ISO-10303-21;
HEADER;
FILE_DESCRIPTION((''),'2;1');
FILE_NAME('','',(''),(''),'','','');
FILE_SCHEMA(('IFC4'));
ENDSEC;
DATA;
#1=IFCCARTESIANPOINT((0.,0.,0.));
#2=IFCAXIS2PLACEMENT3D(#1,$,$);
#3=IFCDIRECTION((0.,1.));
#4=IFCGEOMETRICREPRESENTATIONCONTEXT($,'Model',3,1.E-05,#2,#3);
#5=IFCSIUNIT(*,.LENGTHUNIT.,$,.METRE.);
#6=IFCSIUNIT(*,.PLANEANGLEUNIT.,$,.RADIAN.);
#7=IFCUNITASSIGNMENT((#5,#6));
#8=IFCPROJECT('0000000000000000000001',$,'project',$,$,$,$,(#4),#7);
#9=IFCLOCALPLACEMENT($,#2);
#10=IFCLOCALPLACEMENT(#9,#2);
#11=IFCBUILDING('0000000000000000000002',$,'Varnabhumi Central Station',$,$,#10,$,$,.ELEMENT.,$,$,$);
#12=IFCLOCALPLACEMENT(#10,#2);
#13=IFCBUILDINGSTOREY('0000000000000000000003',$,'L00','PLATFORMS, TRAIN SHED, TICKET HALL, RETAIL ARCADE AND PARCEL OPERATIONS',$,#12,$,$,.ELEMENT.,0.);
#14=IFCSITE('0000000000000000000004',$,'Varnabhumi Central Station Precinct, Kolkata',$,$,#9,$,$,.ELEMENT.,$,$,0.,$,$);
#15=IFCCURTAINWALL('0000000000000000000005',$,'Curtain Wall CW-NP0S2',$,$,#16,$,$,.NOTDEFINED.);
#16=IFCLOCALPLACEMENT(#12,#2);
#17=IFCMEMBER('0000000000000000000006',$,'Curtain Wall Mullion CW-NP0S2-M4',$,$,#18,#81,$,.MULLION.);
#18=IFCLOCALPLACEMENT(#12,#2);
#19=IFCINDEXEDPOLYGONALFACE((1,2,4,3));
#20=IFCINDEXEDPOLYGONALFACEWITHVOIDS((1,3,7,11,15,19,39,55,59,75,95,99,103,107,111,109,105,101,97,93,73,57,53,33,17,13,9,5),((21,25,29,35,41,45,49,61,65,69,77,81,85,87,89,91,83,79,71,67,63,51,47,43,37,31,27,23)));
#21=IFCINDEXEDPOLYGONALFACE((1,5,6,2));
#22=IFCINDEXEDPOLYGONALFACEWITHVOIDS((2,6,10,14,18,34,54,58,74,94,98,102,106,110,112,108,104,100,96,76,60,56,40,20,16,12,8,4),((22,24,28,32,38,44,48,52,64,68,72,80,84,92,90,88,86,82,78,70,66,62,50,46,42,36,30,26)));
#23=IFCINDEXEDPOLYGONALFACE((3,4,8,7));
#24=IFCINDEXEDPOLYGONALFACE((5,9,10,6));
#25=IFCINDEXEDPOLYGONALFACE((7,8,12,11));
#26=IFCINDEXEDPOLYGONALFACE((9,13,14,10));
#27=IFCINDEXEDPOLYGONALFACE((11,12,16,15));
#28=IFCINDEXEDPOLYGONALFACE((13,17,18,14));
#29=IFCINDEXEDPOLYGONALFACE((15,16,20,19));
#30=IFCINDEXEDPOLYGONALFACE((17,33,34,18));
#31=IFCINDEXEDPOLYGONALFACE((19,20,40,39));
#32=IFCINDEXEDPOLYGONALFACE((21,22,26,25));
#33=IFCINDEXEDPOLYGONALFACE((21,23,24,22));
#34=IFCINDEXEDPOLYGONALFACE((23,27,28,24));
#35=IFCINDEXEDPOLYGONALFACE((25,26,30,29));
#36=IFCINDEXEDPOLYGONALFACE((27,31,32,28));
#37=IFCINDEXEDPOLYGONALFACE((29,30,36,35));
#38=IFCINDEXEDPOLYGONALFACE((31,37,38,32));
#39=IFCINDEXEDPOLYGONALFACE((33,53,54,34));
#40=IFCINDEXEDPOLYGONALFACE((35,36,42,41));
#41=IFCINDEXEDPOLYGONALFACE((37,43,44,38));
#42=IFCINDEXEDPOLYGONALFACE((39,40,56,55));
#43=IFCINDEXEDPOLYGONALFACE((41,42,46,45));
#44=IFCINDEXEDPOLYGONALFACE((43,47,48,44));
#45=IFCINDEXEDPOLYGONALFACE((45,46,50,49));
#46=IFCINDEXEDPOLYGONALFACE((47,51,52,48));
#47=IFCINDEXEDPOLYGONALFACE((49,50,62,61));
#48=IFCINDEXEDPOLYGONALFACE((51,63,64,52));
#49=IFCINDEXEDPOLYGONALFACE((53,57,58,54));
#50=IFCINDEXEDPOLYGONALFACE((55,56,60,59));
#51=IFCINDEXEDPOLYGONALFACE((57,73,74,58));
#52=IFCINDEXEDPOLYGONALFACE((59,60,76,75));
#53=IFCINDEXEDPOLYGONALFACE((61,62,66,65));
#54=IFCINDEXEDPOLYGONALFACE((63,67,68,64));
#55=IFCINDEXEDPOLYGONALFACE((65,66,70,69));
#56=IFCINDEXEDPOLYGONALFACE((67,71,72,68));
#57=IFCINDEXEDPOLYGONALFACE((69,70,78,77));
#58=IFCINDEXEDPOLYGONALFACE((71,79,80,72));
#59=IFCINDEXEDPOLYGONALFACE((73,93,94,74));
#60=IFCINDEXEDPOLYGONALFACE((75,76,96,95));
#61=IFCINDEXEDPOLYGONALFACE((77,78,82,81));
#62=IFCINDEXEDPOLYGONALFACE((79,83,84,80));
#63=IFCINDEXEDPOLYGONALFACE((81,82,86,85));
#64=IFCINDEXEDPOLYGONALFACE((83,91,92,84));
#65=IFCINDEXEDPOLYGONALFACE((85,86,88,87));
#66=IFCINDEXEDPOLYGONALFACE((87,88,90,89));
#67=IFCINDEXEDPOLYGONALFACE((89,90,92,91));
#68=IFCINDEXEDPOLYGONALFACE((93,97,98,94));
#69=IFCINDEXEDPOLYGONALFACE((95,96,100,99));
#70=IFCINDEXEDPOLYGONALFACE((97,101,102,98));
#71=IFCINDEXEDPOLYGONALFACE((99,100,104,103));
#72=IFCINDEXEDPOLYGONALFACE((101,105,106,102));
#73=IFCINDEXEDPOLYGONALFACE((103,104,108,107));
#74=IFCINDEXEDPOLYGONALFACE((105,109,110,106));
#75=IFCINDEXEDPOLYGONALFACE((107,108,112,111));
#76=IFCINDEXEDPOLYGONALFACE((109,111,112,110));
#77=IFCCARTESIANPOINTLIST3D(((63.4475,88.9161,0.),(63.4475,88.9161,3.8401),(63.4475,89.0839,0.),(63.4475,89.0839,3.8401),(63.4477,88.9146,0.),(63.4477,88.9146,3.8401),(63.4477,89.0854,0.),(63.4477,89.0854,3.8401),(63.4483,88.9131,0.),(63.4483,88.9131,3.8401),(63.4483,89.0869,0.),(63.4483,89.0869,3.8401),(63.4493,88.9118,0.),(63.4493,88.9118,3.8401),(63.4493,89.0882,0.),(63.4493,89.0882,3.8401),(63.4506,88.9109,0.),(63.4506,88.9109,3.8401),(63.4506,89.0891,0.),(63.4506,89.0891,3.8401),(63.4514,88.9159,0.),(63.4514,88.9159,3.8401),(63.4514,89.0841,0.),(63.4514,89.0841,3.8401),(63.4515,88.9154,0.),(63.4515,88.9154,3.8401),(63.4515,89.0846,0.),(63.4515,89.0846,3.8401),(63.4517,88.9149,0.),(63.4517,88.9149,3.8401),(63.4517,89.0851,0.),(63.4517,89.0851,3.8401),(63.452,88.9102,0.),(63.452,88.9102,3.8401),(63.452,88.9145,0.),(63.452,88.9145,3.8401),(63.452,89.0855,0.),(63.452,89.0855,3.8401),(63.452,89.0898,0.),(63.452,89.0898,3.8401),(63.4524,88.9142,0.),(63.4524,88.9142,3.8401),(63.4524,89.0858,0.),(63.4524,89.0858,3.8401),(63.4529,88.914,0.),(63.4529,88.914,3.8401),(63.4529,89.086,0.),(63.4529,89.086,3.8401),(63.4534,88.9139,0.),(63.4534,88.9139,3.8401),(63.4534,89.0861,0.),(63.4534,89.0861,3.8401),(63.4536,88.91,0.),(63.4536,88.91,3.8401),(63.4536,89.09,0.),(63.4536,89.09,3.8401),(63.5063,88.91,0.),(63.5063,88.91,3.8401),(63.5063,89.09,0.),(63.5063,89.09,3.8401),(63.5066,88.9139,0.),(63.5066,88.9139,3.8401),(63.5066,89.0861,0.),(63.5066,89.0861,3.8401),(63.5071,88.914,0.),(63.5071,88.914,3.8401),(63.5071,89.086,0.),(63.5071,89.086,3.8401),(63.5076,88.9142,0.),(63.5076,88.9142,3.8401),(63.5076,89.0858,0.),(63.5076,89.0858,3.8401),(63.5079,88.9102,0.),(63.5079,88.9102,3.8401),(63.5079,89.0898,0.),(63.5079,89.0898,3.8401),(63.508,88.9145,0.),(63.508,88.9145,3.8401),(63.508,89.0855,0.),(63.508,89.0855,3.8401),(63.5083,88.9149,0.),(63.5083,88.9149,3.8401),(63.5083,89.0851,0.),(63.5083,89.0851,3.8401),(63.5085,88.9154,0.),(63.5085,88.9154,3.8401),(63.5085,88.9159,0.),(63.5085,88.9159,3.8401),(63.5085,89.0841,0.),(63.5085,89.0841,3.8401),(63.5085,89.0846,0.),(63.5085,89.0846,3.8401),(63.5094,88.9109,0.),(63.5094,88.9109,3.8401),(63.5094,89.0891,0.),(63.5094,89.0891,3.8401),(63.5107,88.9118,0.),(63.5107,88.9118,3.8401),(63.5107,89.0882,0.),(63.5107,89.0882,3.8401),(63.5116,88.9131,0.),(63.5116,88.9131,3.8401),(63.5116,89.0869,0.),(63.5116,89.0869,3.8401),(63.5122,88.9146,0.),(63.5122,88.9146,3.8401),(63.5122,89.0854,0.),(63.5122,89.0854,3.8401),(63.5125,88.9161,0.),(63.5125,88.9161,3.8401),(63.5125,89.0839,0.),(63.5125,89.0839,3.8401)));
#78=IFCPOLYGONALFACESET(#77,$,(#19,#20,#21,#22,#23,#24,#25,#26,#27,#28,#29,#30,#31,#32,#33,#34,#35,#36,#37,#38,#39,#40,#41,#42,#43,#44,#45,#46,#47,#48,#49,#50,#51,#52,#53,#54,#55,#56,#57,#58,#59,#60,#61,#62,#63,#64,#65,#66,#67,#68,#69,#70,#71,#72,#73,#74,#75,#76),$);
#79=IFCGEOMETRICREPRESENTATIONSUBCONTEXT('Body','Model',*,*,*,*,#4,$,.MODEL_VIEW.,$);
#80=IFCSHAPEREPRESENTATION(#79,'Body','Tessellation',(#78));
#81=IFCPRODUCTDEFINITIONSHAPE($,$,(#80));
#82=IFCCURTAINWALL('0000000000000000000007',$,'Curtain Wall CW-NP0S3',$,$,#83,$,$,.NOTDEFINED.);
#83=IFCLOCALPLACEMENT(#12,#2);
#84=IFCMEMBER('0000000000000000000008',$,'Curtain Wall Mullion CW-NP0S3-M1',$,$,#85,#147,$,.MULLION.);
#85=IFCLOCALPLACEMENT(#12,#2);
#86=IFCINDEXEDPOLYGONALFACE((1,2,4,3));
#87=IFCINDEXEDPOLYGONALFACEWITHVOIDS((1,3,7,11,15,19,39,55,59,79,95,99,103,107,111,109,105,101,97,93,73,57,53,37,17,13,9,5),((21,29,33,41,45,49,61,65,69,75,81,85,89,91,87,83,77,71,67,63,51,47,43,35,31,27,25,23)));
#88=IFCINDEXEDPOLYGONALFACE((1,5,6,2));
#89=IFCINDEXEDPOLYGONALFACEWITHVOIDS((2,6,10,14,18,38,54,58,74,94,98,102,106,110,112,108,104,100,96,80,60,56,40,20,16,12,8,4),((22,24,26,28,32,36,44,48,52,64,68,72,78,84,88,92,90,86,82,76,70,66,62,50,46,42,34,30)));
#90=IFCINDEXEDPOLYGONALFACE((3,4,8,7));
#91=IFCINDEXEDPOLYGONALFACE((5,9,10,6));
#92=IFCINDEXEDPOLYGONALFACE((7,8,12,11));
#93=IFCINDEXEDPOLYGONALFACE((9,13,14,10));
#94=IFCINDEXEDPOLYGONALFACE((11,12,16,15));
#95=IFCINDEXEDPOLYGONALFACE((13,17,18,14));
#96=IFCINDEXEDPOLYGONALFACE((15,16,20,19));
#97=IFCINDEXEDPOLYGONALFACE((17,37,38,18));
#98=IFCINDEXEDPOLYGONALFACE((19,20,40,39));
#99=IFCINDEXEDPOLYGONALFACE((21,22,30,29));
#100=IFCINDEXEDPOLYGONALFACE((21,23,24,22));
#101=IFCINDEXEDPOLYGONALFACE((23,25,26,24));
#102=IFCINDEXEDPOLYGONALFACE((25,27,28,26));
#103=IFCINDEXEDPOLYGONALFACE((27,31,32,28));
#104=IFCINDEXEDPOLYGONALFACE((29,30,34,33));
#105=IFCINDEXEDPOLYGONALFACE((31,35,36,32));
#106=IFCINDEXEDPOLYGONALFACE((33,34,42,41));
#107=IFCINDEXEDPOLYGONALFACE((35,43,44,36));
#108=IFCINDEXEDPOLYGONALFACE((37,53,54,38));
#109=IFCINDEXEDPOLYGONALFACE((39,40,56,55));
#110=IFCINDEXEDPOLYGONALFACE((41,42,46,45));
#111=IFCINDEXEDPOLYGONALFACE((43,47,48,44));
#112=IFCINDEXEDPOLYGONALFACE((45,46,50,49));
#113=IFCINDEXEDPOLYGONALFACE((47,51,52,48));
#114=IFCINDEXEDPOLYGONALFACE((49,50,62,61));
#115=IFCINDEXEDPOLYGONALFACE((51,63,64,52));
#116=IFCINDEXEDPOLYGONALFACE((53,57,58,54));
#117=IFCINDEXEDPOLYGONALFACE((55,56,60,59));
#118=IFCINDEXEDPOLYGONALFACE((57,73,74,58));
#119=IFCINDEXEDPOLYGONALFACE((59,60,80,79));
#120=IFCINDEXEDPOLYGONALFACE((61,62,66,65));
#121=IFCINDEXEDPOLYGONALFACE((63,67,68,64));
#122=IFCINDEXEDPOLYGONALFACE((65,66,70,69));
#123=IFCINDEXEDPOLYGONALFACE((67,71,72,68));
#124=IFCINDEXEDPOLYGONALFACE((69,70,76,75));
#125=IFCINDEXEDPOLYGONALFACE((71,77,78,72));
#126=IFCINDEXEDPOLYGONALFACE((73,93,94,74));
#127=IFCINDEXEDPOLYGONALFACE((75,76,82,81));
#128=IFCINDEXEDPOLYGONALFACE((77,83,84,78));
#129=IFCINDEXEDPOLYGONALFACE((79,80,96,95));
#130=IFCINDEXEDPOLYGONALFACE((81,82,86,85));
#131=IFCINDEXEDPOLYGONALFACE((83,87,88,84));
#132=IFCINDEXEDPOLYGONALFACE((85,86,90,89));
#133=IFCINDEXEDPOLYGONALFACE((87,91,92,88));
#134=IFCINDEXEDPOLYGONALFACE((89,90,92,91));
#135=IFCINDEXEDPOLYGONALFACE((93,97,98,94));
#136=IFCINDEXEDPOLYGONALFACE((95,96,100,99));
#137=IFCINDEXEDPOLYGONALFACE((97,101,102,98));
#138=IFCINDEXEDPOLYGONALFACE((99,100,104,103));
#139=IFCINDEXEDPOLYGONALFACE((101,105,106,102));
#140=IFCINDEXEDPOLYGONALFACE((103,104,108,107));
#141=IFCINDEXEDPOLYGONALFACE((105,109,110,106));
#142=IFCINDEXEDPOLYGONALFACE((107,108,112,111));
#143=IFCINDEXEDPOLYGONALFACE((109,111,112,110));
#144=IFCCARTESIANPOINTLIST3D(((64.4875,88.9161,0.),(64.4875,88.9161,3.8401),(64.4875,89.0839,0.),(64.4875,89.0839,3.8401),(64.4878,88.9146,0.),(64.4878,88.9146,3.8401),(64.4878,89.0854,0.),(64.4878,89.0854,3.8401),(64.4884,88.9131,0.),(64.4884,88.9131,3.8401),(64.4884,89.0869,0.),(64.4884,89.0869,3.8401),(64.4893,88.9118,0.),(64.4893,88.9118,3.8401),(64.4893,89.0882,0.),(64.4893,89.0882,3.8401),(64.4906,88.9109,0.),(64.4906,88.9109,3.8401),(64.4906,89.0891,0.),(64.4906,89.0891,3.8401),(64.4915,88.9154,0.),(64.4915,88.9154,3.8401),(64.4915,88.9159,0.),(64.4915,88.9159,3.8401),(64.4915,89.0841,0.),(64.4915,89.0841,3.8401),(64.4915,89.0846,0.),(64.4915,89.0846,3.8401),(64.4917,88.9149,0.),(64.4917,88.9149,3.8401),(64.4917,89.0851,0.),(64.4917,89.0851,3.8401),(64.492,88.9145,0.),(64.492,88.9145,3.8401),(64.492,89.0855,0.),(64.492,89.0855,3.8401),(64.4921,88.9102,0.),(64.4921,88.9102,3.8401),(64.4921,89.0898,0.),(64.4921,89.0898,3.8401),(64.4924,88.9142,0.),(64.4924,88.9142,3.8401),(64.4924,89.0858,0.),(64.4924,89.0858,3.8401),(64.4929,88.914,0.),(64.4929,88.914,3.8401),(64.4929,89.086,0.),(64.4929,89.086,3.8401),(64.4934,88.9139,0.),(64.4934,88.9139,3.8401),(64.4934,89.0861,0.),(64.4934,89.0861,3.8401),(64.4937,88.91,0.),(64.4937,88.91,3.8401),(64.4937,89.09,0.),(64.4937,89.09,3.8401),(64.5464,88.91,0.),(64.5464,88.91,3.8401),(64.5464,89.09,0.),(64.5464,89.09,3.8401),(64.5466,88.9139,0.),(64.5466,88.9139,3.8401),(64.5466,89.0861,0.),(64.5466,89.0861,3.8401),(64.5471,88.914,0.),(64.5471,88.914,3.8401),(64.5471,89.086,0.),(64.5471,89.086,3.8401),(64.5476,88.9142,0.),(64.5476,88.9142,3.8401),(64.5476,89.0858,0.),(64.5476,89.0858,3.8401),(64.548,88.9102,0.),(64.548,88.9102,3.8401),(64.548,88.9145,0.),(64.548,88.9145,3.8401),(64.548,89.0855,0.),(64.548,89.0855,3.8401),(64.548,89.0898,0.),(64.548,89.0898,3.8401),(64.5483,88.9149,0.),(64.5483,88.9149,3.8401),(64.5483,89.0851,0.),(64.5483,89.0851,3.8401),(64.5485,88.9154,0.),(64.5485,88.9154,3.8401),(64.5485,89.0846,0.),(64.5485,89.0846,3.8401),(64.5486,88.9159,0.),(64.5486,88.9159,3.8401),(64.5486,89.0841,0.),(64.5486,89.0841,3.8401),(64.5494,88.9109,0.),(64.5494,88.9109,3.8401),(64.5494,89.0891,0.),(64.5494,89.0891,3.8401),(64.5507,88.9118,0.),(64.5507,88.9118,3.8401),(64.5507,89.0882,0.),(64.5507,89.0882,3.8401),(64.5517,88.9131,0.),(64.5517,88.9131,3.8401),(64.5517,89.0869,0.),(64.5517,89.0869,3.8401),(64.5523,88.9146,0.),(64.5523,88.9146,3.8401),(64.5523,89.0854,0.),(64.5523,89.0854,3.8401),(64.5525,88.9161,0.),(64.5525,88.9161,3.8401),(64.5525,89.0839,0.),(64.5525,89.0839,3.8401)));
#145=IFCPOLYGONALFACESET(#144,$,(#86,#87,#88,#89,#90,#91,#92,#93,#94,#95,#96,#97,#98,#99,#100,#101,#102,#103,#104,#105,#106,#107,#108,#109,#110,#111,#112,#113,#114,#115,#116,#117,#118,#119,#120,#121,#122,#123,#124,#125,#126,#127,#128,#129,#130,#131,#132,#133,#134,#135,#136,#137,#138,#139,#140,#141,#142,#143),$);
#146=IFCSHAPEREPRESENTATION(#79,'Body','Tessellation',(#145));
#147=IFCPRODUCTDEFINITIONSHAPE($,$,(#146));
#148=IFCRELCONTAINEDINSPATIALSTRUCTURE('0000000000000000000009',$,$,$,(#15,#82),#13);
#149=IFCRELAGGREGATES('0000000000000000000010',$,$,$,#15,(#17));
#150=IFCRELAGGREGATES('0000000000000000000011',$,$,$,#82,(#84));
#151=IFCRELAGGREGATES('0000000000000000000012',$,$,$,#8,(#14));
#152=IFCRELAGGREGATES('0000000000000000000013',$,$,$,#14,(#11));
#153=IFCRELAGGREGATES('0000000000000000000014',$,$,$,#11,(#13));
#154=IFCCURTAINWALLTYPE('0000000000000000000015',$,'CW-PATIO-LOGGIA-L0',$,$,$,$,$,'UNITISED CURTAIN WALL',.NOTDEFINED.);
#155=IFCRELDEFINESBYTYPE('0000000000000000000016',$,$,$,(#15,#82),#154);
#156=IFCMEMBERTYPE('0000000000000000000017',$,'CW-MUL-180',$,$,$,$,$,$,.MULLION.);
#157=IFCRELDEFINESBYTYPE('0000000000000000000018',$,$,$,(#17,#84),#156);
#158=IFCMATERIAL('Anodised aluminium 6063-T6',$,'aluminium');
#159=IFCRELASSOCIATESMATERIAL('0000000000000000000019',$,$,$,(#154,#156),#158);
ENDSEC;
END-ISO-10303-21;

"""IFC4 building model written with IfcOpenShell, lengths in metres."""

from ifc_helpers import new_model, si_unit, direction, frame, origin, origin_2d, place, context, subcontext, project, spatial, hollow_rectangle, extrude, material, material_profile, profile_set, type_object, element, aggregate, save


model = new_model("IFC4")

# Units and contexts
model_context = context("Model", 3, precision=1e-05, world=origin(), true_north=direction((0.0, 1.0)))
body_context = subcontext(model_context, "Body", "Model", "MODEL_VIEW")
ifc_project = project(units=[si_unit("LENGTHUNIT", "METRE"), si_unit("PLANEANGLEUNIT", "RADIAN")], contexts=[model_context])

# Site, building, storey
site_placement = place(None, origin())
site = spatial("IfcSite", under=ifc_project, at=site_placement, Name="Varnabhumi Central Station Precinct, Kolkata", CompositionType="ELEMENT", RefElevation=0.0)
building_placement = place(site_placement, origin())
building = spatial("IfcBuilding", under=site, at=building_placement, Name="Varnabhumi Central Station", CompositionType="ELEMENT")
storey_placement = place(building_placement, origin())
storey = spatial("IfcBuildingStorey", under=building, at=storey_placement, Name="L00", Description="PLATFORMS, TRAIN SHED, TICKET HALL, RETAIL ARCADE AND PARCEL OPERATIONS", CompositionType="ELEMENT", Elevation=0.0)

# Curtain wall, member
ifc_material_1 = material(Name="Anodised aluminium 6063-T6", Category="aluminium")
curtain_wall_type = type_object("IfcCurtainWallType", Name="CW-PATIO-LOGGIA-L0", ElementType="UNITISED CURTAIN WALL", PredefinedType="NOTDEFINED", material=ifc_material_1)
curtain_wall_1_placement = place(storey_placement, origin())
curtain_wall_1 = element("IfcCurtainWall", 1, at=curtain_wall_1_placement, inside=storey, type_object=curtain_wall_type, Name="Curtain Wall CW-NP0S2", PredefinedType="NOTDEFINED")
ifc_material_profile_1 = material_profile(ifc_material_1, hollow_rectangle(XDim=0.0649, YDim=0.1799, WallThickness=0.0039, InnerFilletRadius=0.002, OuterFilletRadius=0.0061, at=origin_2d()), Name="Anodised aluminium 6063-T6", Category="aluminium")
ifc_profile_set_1 = profile_set([ifc_material_profile_1], Name="Anodised aluminium 6063-T6")
member_type_1 = type_object("IfcMemberType", Name="CW-MUL-180", PredefinedType="MULLION", material=ifc_profile_set_1)
member_1_placement = place(storey_placement, frame((63.48, 89.0, 0.0), z_axis=(0.0, 0.0, 1.0), x_axis=(1.0, 0.0, 0.0)))
member_1 = element("IfcMember", 2, at=member_1_placement, type_object=member_type_1, Name="Curtain Wall Mullion CW-NP0S2-M4", PredefinedType="MULLION", context=body_context, shape_type="SweptSolid", body=[
    extrude(hollow_rectangle(XDim=0.0649, YDim=0.1799, WallThickness=0.0039, InnerFilletRadius=0.002, OuterFilletRadius=0.0061, at=origin_2d()), origin(), (0.0, 0.0, 1.0), 3.8401),
])
aggregate(curtain_wall_1, [member_1])

# Curtain wall, member
curtain_wall_2_placement = place(storey_placement, origin())
curtain_wall_2 = element("IfcCurtainWall", 3, at=curtain_wall_2_placement, inside=storey, type_object=curtain_wall_type, Name="Curtain Wall CW-NP0S3", PredefinedType="NOTDEFINED")
member_2_placement = place(storey_placement, frame((64.52, 89.0, 0.0), z_axis=(0.0, 0.0, 1.0), x_axis=(1.0, 0.0, 0.0)))
member_2 = element("IfcMember", 4, at=member_2_placement, type_object=member_type_1, Name="Curtain Wall Mullion CW-NP0S3-M1", PredefinedType="MULLION", context=body_context, shape_type="SweptSolid", body=[
    extrude(hollow_rectangle(XDim=0.0649, YDim=0.1799, WallThickness=0.0039, InnerFilletRadius=0.002, OuterFilletRadius=0.0061, at=origin_2d()), origin(), (0.0, 0.0, 1.0), 3.8401),
])
aggregate(curtain_wall_2, [member_2])

save(model, "model.ifc")
